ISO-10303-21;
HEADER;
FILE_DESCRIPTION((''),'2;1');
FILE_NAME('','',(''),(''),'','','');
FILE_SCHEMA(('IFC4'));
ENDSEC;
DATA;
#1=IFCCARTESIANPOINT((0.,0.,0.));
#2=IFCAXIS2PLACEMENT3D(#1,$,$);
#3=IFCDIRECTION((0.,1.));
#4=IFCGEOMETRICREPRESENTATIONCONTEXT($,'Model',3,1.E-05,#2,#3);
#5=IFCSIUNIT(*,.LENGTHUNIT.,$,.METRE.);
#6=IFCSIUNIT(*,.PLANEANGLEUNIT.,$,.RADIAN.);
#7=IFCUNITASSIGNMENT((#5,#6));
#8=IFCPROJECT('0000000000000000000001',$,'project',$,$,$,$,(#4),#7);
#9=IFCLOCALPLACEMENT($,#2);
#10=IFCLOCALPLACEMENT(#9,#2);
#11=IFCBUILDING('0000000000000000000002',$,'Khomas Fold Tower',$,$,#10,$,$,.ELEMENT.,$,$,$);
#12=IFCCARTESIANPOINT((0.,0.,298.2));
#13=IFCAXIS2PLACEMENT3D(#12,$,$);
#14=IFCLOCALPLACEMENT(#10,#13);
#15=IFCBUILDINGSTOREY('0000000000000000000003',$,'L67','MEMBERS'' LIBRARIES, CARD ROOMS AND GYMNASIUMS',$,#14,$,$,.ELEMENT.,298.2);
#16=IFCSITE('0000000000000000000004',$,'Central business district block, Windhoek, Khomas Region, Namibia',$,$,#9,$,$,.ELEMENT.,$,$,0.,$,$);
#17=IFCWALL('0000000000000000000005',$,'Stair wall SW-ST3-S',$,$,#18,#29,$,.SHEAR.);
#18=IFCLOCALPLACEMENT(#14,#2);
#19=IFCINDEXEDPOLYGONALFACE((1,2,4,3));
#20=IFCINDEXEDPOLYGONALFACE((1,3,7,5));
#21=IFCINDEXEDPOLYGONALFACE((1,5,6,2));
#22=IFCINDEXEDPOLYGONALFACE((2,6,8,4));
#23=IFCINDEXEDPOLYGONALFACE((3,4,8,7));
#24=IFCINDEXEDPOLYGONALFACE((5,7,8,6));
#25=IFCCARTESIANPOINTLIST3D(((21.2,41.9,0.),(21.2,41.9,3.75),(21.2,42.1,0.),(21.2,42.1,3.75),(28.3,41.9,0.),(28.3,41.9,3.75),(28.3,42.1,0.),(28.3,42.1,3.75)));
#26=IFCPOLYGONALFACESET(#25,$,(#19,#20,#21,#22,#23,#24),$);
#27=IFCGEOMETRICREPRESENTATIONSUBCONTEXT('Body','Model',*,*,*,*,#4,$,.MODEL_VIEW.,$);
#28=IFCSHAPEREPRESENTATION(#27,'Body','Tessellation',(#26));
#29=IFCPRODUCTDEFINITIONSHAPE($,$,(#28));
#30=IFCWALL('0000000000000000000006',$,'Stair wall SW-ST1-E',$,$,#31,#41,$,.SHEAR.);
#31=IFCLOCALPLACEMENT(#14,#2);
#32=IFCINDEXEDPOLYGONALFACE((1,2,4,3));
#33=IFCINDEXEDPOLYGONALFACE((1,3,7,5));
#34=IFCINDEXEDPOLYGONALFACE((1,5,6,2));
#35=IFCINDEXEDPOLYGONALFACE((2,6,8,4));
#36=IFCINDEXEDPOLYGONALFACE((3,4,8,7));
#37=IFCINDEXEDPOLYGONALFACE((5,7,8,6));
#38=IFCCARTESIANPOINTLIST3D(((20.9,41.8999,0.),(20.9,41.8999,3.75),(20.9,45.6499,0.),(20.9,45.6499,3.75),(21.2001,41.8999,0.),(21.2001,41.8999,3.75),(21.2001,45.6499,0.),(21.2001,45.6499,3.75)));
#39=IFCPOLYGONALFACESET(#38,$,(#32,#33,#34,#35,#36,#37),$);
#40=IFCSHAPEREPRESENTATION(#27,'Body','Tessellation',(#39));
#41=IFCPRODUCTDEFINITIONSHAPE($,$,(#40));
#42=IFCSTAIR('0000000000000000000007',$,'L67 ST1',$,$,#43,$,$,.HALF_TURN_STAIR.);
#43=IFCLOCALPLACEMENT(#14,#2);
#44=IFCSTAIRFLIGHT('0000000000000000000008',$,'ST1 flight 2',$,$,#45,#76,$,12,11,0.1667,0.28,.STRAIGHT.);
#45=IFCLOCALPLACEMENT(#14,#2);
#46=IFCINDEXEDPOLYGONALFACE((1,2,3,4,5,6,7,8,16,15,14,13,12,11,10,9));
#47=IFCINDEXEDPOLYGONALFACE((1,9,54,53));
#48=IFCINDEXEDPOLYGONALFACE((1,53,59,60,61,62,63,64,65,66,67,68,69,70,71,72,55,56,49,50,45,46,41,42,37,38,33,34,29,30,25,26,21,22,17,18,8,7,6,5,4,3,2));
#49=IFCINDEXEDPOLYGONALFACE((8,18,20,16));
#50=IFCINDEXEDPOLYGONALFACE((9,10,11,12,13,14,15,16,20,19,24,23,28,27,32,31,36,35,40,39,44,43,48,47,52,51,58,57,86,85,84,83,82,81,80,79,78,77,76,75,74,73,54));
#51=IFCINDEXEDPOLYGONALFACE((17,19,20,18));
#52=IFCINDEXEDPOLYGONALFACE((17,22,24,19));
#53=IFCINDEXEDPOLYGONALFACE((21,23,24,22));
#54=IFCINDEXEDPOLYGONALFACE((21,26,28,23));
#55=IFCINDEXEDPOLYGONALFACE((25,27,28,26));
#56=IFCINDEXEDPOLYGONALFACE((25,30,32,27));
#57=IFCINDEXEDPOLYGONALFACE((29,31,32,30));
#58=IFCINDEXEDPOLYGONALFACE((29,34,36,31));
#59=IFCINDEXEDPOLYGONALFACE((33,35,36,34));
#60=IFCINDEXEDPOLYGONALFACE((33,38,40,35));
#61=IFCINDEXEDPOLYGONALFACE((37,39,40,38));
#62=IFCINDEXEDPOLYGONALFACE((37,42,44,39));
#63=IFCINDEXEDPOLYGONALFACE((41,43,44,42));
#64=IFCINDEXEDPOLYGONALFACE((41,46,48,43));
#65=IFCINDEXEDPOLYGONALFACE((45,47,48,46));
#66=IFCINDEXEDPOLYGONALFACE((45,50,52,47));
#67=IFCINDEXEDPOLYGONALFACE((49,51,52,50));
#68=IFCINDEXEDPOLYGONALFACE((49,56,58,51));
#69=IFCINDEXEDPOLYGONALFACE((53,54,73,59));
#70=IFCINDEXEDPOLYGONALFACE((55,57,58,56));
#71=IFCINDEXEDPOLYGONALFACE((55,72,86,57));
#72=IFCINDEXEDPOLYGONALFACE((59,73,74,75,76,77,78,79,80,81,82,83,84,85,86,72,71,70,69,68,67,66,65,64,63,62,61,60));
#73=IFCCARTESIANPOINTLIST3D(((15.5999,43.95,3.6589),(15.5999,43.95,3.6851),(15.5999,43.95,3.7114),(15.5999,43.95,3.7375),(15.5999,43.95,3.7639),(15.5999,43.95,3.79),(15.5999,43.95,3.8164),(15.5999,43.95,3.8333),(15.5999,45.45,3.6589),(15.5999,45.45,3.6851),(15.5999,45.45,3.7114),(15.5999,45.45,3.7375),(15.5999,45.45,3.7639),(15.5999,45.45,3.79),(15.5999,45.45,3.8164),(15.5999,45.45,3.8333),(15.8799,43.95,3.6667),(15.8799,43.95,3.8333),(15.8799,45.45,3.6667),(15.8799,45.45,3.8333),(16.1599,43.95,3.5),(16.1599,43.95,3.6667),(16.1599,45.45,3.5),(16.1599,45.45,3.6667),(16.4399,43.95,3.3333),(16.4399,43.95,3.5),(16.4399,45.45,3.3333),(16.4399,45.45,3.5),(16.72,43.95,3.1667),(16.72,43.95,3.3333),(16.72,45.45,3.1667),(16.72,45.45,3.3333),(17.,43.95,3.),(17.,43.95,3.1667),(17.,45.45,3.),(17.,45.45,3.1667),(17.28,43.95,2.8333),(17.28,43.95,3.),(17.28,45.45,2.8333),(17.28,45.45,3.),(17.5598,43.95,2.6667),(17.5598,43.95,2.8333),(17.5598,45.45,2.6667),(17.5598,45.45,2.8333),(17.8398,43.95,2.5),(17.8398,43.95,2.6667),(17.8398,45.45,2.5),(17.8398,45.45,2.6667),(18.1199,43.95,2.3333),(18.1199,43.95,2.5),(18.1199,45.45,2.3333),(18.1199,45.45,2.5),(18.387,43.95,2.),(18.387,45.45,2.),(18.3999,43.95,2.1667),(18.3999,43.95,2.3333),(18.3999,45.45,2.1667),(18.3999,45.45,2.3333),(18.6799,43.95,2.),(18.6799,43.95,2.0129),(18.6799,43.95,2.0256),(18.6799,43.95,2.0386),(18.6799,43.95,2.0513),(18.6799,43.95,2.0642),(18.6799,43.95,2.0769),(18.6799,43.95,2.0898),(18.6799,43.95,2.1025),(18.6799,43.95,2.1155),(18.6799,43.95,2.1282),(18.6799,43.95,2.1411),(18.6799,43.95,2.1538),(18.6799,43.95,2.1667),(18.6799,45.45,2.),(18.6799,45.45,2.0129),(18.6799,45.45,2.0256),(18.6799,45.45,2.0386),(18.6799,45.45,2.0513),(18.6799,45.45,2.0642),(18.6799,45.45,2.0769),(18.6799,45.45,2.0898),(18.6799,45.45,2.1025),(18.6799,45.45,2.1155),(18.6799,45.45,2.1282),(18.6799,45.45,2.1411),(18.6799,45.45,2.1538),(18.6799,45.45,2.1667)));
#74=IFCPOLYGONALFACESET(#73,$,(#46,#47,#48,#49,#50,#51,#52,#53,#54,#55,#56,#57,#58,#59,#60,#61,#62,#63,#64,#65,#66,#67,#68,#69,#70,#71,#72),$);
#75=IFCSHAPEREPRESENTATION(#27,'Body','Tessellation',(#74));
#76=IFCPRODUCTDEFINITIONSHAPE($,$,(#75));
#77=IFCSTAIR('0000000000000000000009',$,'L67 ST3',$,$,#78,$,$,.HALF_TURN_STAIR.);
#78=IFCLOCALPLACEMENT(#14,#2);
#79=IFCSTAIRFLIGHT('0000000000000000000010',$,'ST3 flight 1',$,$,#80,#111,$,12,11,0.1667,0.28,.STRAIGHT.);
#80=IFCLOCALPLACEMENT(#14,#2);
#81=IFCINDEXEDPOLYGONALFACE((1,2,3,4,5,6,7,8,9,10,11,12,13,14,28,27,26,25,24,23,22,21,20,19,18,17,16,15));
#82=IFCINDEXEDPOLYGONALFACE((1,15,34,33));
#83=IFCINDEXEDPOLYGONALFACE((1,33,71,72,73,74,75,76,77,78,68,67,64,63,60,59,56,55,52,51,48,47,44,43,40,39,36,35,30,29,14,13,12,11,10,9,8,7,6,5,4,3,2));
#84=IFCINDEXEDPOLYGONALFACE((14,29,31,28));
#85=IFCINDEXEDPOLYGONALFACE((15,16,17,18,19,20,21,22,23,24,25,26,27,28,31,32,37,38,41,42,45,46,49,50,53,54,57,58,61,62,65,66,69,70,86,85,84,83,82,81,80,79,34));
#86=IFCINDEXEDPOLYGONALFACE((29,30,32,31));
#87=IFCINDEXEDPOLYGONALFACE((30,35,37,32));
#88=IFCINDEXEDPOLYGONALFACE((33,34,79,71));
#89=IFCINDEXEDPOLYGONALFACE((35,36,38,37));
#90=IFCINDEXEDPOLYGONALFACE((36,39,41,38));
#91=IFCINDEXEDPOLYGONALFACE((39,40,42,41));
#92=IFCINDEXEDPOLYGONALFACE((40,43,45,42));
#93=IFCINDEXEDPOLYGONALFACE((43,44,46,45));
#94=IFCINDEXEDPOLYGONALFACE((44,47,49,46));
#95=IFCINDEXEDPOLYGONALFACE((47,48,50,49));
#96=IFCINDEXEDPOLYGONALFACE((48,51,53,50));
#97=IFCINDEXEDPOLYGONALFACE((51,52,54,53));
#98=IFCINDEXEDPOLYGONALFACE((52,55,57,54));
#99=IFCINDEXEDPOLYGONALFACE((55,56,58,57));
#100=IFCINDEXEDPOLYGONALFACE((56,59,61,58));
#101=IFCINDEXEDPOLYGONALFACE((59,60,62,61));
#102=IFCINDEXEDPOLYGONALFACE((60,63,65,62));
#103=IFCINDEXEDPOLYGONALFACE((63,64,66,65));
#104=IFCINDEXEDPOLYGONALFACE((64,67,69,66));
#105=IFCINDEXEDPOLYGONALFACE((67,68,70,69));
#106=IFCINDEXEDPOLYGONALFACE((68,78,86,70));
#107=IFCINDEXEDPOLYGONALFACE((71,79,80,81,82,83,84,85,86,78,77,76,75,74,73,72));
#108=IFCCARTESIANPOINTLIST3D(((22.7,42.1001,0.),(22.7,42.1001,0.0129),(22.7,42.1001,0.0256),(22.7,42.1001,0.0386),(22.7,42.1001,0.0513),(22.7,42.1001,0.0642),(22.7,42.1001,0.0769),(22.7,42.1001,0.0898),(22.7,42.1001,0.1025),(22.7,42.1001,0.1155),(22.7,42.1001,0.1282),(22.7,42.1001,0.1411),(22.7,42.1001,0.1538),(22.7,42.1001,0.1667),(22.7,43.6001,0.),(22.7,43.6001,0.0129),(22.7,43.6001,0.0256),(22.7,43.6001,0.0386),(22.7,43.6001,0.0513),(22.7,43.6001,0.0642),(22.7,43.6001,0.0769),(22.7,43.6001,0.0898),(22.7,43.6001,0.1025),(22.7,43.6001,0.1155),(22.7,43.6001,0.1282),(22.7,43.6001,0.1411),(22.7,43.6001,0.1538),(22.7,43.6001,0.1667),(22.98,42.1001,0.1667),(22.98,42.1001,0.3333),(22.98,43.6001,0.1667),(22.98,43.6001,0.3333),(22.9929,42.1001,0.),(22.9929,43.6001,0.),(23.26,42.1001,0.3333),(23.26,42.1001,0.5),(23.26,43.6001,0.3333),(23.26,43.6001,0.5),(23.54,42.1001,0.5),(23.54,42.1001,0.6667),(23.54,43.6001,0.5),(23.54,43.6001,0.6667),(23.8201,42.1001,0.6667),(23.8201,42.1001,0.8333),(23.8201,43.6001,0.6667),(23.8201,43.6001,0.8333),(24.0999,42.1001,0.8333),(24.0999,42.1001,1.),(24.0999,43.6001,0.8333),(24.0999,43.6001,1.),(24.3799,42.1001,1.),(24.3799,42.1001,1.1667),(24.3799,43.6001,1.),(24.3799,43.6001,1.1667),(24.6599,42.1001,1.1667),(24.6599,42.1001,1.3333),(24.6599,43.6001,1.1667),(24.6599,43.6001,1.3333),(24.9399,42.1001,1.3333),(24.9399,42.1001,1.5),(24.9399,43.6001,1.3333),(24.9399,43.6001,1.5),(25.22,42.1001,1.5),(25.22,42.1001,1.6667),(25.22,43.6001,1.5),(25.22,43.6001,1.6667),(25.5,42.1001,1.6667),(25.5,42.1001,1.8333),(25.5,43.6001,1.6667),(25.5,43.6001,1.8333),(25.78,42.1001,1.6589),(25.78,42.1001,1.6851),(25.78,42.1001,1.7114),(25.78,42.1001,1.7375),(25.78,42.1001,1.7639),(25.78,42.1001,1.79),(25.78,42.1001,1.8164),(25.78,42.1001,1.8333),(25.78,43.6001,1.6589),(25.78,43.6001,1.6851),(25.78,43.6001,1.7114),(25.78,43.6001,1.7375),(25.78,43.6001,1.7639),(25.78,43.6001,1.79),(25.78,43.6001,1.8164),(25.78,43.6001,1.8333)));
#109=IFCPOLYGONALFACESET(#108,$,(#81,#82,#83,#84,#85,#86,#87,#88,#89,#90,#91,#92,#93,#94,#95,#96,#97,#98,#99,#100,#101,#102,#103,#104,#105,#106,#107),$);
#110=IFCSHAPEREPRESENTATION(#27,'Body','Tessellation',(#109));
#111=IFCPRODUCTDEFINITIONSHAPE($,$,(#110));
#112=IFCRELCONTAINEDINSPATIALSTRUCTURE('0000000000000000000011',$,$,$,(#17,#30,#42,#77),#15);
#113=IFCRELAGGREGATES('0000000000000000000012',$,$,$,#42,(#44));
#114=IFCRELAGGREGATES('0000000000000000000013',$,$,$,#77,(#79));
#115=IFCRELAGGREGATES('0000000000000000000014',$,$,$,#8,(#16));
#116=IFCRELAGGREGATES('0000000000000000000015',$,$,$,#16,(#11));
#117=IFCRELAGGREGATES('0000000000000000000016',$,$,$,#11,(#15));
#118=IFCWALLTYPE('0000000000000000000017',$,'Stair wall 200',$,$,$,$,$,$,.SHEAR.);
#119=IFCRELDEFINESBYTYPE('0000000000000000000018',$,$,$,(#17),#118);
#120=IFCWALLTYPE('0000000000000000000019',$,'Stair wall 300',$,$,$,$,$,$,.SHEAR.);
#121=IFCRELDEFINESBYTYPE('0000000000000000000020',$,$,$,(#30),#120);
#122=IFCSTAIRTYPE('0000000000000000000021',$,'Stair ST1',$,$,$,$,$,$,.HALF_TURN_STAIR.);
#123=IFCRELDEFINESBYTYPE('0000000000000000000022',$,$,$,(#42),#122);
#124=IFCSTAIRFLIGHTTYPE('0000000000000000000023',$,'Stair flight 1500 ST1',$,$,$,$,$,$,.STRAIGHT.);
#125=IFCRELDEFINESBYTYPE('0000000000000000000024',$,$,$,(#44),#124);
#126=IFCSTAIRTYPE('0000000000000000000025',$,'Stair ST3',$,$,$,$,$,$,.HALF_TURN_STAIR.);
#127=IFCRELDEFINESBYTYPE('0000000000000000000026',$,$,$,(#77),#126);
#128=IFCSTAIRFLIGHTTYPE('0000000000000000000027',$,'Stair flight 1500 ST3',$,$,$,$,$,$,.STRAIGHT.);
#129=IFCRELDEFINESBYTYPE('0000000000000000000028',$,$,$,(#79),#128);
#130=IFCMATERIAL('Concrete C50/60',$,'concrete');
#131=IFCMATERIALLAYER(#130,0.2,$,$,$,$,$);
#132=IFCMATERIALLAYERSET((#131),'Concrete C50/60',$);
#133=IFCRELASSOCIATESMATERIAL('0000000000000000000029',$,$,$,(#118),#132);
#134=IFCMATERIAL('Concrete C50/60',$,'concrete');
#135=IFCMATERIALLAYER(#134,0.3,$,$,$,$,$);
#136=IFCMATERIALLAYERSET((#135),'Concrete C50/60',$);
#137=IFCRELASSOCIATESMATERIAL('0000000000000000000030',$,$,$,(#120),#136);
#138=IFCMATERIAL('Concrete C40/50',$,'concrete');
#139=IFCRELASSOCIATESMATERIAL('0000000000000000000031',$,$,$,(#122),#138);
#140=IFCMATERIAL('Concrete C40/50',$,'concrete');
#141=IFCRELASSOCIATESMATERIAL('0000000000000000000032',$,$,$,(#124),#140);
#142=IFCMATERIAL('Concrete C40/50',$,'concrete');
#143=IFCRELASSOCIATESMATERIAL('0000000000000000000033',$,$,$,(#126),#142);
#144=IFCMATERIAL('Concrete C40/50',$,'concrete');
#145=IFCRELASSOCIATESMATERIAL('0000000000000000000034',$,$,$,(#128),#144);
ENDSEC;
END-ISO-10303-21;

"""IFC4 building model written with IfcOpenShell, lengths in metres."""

from ifc_helpers import new_model, si_unit, direction, frame, frame_2d, origin, place, context, subcontext, project, spatial, polyline, rectangle, outline, extrude, source, transform, mapped, material, layer, layer_set, type_object, element, aggregate, save


model = new_model("IFC4")

# Units and contexts
model_context = context("Model", 3, precision=1e-05, world=origin(), true_north=direction((0.0, 1.0)))
body_context = subcontext(model_context, "Body", "Model", "MODEL_VIEW")
ifc_project = project(units=[si_unit("LENGTHUNIT", "METRE"), si_unit("PLANEANGLEUNIT", "RADIAN")], contexts=[model_context])

# Site, building, storey
site_placement = place(None, origin())
site = spatial("IfcSite", under=ifc_project, at=site_placement, Name="Central business district block, Windhoek, Khomas Region, Namibia", CompositionType="ELEMENT", RefElevation=0.0)
building_placement = place(site_placement, origin())
building = spatial("IfcBuilding", under=site, at=building_placement, Name="Khomas Fold Tower", CompositionType="ELEMENT")
storey_placement = place(building_placement, frame((0.0, 0.0, 298.2)))
storey = spatial("IfcBuildingStorey", under=building, at=storey_placement, Name="L67", Description="MEMBERS' LIBRARIES, CARD ROOMS AND GYMNASIUMS", CompositionType="ELEMENT", Elevation=298.2)

# Shared definitions
ifc_material_1 = material(Name="Concrete C50/60", Category="concrete")
ifc_layer_1 = layer(ifc_material_1, 0.2)
ifc_layer_set_1 = layer_set([ifc_layer_1], Name="Concrete C50/60")
wall_type_1 = type_object("IfcWallType", Name="Stair wall 200", PredefinedType="SHEAR", material=ifc_layer_set_1)
shared_shape_1 = source(origin(), body_context, "Body", "SweptSolid", [
    extrude(rectangle(XDim=7.1001, YDim=0.2, at=frame_2d((3.55, 0.0))), origin(), (0.0, 0.0, 1.0), 3.75),
])

# Walls
wall_1_placement = place(storey_placement, frame((21.2, 42.0, 0.0), z_axis=(0.0, 0.0, 1.0), x_axis=(1.0, 0.0, 0.0)))
element("IfcWall", 1, at=wall_1_placement, inside=storey, type_object=wall_type_1, Name="Stair wall SW-ST3-S", PredefinedType="SHEAR", context=body_context, shape_type="MappedRepresentation", body=[
    mapped(shared_shape_1, transform((0.0, 0.0, 0.0))),
])
ifc_material_2 = material(Name="Concrete C50/60", Category="concrete")
ifc_layer_2 = layer(ifc_material_2, 0.3)
ifc_layer_set_2 = layer_set([ifc_layer_2], Name="Concrete C50/60")
wall_type_2 = type_object("IfcWallType", Name="Stair wall 300", PredefinedType="SHEAR", material=ifc_layer_set_2)
shared_shape_2 = source(origin(), body_context, "Body", "SweptSolid", [
    extrude(rectangle(XDim=3.75, YDim=0.3, at=frame_2d((1.875, 0.0))), origin(), (0.0, 0.0, 1.0), 3.75),
])
wall_2_placement = place(storey_placement, frame((21.05, 41.8999, 0.0), z_axis=(0.0, 0.0, 1.0), x_axis=(0.0, 1.0, 0.0)))
element("IfcWall", 2, at=wall_2_placement, inside=storey, type_object=wall_type_2, Name="Stair wall SW-ST1-E", PredefinedType="SHEAR", context=body_context, shape_type="MappedRepresentation", body=[
    mapped(shared_shape_2, transform((0.0, 0.0, 0.0))),
])

# Stairs, stair flights
ifc_material_3 = material(Name="Concrete C40/50", Category="concrete")
stair_type_1 = type_object("IfcStairType", Name="Stair ST1", PredefinedType="HALF_TURN_STAIR", material=ifc_material_3)
stair_1_placement = place(storey_placement, origin())
stair_1 = element("IfcStair", 3, at=stair_1_placement, inside=storey, type_object=stair_type_1, Name="L67 ST1", PredefinedType="HALF_TURN_STAIR")
ifc_material_4 = material(Name="Concrete C40/50", Category="concrete")
stair_flight_type_1 = type_object("IfcStairFlightType", Name="Stair flight 1500 ST1", PredefinedType="STRAIGHT", material=ifc_material_4)
shared_shape_3 = source(origin(), body_context, "Body", "SweptSolid", [
    extrude(outline(polyline([(0.0, 0.0), (0.0, 0.0129), (0.0, 0.0256), (0.0, 0.0386), (0.0, 0.0513), (0.0, 0.0642), (0.0, 0.0769), (0.0, 0.0898), (0.0, 0.1025), (0.0, 0.1155), (0.0, 0.1282), (0.0, 0.1411), (0.0, 0.1538), (0.0, 0.1667), (0.28, 0.1667), (0.28, 0.3333), (0.5601, 0.3333), (0.5601, 0.5), (0.8401, 0.5), (0.8401, 0.6667), (1.1201, 0.6667), (1.1201, 0.8333), (1.3999, 0.8333), (1.3999, 1.0), (1.6799, 1.0), (1.6799, 1.1667), (1.96, 1.1667), (1.96, 1.3333), (2.24, 1.3333), (2.24, 1.5), (2.52, 1.5), (2.52, 1.6667), (2.8, 1.6667), (2.8, 1.8333), (3.0801, 1.8333), (3.0801, 2.0), (3.0801, 1.9739), (3.0801, 1.9475), (3.0801, 1.9214), (3.0801, 1.895), (3.0801, 1.8689), (3.0801, 1.8425), (3.0801, 1.8164), (3.0801, 1.79), (3.0801, 1.7639), (3.0801, 1.7375), (3.0801, 1.7114), (3.0801, 1.6851), (3.0801, 1.6589), (0.293, 0.0), (0.0, 0.0)])), frame((0.0, 0.75, 0.0), z_axis=(0.0, -1.0, 0.0), x_axis=(1.0, 0.0, 0.0)), (0.0, 0.0, 1.0), 1.5),
])
stair_flight_1_placement = place(storey_placement, frame((18.6799, 44.7, 2.0), z_axis=(0.0, 0.0, 1.0), x_axis=(-1.0, 0.0, 0.0)))
stair_flight_1 = element("IfcStairFlight", 4, at=stair_flight_1_placement, type_object=stair_flight_type_1, Name="ST1 flight 2", NumberOfRisers=12, NumberOfTreads=11, PredefinedType="STRAIGHT", RiserHeight=0.1667, TreadLength=0.28, context=body_context, shape_type="MappedRepresentation", body=[
    mapped(shared_shape_3, transform((0.0, 0.0, 0.0))),
])
aggregate(stair_1, [stair_flight_1])
ifc_material_5 = material(Name="Concrete C40/50", Category="concrete")
stair_type_2 = type_object("IfcStairType", Name="Stair ST3", PredefinedType="HALF_TURN_STAIR", material=ifc_material_5)
stair_2_placement = place(storey_placement, origin())
stair_2 = element("IfcStair", 5, at=stair_2_placement, inside=storey, type_object=stair_type_2, Name="L67 ST3", PredefinedType="HALF_TURN_STAIR")
ifc_material_6 = material(Name="Concrete C40/50", Category="concrete")
stair_flight_type_2 = type_object("IfcStairFlightType", Name="Stair flight 1500 ST3", PredefinedType="STRAIGHT", material=ifc_material_6)
stair_flight_2_placement = place(storey_placement, frame((22.7, 42.8501, 0.0), z_axis=(0.0, 0.0, 1.0), x_axis=(1.0, 0.0, 0.0)))
stair_flight_2 = element("IfcStairFlight", 6, at=stair_flight_2_placement, type_object=stair_flight_type_2, Name="ST3 flight 1", NumberOfRisers=12, NumberOfTreads=11, PredefinedType="STRAIGHT", RiserHeight=0.1667, TreadLength=0.28, context=body_context, shape_type="MappedRepresentation", body=[
    mapped(shared_shape_3, transform((0.0, 0.0, 0.0))),
])
aggregate(stair_2, [stair_flight_2])

save(model, "model.ifc")
